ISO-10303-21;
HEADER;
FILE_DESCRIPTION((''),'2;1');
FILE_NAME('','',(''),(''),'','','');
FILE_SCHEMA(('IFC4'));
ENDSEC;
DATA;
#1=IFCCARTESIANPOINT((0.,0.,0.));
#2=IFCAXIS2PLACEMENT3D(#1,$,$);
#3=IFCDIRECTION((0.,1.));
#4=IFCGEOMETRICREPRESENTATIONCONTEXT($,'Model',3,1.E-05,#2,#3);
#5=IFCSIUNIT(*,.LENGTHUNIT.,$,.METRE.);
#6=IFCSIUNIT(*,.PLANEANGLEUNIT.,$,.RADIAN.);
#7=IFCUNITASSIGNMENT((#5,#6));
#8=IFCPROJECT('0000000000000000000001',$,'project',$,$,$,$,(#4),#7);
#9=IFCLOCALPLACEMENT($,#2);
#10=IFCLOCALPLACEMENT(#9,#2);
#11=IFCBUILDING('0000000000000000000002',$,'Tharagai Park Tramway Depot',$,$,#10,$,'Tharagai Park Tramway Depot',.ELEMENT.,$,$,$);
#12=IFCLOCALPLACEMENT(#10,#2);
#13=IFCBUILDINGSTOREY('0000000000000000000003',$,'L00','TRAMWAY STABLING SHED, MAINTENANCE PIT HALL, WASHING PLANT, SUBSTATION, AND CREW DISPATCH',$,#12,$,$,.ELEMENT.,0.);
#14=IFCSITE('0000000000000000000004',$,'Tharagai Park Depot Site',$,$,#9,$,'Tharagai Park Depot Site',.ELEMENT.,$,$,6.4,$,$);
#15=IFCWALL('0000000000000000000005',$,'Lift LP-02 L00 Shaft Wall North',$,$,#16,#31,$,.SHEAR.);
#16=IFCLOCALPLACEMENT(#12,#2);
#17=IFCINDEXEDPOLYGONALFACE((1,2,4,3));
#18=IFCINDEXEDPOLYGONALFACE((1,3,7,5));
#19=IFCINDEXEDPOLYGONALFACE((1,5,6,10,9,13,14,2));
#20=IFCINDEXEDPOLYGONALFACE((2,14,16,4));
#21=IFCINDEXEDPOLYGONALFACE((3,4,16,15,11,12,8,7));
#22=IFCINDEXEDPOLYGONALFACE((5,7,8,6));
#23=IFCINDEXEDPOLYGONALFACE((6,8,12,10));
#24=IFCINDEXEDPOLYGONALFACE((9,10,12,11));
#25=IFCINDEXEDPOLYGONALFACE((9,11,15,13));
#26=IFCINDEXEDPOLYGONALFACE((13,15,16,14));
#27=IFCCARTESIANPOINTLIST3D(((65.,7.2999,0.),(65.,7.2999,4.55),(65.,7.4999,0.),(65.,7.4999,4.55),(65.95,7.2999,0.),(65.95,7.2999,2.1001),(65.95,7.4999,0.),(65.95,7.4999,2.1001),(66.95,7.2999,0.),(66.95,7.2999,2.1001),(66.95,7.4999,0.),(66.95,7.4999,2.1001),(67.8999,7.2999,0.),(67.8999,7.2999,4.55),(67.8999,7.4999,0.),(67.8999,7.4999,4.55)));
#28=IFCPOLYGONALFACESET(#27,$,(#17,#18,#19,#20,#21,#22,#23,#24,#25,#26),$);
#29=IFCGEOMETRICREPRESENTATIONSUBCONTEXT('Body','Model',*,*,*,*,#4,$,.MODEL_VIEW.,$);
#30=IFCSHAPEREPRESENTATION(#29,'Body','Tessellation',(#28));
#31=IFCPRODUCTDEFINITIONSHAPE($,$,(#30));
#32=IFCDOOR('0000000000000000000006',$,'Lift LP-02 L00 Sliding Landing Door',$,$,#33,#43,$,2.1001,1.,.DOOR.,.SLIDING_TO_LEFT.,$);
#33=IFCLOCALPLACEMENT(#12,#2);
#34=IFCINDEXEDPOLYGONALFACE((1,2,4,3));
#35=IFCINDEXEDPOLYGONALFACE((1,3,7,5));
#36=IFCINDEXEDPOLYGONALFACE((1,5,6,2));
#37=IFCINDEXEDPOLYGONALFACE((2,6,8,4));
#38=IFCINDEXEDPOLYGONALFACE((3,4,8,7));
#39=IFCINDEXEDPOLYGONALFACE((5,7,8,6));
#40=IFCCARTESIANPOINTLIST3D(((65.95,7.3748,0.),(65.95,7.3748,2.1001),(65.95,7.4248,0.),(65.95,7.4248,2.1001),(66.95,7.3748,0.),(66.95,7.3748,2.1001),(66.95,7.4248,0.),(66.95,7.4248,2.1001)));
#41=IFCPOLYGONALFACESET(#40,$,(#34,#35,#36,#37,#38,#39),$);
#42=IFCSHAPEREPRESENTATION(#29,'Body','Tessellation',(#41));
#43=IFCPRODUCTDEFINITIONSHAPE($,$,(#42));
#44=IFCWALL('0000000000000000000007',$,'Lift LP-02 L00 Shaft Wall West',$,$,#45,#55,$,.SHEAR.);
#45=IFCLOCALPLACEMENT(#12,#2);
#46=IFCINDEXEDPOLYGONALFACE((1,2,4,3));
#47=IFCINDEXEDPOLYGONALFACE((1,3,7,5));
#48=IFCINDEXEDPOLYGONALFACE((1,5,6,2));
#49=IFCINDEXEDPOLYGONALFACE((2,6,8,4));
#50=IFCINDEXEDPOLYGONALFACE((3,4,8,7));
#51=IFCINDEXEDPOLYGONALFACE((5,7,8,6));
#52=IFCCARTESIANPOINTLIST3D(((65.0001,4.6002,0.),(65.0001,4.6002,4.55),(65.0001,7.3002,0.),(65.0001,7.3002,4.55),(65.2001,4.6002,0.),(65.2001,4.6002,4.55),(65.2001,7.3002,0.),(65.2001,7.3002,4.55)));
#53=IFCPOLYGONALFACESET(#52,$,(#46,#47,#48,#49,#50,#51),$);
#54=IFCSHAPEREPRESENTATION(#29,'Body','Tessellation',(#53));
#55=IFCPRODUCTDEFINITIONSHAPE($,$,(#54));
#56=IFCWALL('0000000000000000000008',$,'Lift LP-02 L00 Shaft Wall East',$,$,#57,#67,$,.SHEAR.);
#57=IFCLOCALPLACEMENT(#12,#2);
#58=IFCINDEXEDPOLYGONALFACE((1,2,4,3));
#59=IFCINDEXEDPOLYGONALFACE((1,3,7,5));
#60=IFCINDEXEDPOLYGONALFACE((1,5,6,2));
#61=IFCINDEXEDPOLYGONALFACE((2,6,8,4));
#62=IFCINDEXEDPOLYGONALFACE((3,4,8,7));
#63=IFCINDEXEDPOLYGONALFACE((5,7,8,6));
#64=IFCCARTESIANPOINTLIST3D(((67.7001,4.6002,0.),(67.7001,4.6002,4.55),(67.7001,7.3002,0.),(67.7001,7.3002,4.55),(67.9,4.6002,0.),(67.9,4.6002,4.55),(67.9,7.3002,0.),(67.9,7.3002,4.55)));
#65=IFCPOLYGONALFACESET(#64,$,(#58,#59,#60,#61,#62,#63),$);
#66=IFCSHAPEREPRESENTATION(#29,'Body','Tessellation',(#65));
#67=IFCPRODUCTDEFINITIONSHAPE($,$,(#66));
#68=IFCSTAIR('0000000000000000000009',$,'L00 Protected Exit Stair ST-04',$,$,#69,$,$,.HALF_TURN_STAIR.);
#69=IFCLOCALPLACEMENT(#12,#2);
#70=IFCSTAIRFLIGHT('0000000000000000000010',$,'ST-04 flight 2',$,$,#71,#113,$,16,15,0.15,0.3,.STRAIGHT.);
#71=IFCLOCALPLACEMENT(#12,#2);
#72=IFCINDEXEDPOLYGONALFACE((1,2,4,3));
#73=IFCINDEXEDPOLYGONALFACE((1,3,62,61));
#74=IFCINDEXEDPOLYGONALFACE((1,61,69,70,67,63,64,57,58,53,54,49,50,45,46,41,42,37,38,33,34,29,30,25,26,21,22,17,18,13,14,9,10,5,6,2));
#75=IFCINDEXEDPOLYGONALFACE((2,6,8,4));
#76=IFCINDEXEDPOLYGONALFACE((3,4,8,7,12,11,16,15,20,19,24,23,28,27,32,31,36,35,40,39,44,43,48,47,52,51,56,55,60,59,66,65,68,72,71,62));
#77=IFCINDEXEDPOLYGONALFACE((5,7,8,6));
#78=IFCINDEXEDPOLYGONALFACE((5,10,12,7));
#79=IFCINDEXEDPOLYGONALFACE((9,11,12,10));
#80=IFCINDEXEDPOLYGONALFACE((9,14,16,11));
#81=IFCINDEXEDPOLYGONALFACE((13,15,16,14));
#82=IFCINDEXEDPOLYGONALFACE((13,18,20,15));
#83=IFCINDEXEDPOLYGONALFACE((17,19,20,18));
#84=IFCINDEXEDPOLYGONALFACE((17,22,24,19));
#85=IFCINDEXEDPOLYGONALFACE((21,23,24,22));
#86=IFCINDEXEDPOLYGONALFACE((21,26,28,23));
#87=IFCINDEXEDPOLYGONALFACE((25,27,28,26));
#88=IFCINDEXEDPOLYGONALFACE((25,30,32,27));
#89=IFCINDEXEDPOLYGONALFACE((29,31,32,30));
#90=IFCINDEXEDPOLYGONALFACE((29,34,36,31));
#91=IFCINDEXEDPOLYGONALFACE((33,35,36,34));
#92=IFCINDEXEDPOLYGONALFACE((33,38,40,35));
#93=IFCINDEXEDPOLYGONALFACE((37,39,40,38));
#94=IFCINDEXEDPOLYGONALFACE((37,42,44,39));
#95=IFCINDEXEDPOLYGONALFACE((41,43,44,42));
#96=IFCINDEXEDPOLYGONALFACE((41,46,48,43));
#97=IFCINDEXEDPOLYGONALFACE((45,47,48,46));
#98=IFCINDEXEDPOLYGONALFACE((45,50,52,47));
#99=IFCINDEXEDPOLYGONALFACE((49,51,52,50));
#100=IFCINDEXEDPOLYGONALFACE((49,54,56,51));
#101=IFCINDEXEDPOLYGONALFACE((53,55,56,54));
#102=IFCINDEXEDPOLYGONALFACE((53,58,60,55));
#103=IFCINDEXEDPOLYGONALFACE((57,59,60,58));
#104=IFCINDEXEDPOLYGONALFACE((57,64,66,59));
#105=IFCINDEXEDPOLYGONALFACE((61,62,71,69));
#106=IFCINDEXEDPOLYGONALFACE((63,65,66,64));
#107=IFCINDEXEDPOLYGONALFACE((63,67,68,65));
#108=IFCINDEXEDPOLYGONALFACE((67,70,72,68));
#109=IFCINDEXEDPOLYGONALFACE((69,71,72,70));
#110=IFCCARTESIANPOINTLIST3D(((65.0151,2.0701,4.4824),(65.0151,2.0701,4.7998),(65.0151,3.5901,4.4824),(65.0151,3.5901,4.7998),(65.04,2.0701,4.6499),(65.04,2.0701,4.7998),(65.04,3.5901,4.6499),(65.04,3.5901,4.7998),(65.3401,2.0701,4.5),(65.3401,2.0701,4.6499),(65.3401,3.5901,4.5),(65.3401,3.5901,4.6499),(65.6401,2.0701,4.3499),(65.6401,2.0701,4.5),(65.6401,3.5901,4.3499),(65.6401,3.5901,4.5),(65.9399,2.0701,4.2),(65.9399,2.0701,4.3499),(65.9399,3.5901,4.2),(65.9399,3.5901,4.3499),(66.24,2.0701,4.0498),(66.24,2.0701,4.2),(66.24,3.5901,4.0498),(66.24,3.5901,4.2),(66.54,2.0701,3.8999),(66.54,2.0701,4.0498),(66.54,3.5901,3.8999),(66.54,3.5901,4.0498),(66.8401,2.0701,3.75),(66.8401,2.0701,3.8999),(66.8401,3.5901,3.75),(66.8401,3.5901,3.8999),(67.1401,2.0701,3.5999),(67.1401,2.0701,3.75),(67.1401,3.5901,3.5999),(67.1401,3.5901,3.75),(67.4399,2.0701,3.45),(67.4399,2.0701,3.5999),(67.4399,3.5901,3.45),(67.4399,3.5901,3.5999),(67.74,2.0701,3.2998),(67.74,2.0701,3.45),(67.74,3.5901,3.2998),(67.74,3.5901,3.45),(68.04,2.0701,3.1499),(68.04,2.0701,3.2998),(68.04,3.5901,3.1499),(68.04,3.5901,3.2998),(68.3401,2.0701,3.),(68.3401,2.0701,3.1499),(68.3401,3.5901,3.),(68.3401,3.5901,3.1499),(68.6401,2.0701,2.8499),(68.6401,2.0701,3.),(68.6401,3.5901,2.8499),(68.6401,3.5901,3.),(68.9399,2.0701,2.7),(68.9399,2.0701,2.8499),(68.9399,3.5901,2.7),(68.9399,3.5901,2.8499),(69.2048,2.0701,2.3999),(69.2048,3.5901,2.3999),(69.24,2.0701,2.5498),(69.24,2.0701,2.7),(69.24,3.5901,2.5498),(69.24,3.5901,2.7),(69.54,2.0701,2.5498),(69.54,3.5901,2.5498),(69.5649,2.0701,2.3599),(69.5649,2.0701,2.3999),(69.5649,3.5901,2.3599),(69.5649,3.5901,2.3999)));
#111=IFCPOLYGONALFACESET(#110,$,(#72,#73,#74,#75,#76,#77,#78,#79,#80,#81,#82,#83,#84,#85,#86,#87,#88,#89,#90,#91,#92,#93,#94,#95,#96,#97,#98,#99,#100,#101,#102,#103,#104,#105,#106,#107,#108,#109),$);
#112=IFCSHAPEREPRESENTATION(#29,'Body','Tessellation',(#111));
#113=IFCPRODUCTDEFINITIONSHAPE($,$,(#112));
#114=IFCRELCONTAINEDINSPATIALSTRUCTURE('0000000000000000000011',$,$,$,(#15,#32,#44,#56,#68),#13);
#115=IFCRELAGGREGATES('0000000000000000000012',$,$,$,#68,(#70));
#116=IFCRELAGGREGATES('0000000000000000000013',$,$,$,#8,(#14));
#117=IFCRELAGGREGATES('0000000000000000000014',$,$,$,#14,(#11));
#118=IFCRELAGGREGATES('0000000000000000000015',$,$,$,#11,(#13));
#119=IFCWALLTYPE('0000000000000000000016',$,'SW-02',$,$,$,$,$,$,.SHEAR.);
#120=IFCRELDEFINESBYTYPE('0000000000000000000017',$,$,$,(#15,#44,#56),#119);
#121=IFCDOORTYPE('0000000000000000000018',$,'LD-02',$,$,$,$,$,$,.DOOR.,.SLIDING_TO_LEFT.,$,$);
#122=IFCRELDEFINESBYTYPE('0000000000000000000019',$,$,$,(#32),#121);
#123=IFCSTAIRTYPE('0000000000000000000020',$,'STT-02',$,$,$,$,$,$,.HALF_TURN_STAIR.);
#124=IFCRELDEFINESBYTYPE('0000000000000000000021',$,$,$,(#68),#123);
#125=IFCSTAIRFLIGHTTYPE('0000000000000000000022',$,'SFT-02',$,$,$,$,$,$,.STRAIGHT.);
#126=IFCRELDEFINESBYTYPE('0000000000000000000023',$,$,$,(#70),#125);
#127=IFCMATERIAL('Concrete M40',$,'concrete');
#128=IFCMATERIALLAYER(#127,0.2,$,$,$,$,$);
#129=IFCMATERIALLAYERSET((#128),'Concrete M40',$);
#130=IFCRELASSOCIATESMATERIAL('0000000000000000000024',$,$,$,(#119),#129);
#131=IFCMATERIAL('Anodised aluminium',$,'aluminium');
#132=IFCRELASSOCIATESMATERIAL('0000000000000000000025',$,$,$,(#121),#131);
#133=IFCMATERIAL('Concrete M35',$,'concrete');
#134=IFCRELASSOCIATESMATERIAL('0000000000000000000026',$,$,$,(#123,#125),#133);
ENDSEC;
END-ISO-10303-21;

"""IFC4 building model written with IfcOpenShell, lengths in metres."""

from ifc_helpers import new_model, si_unit, direction, frame, frame_2d, origin, place, context, subcontext, project, spatial, polyline, rectangle, outline, extrude, material, layer, layer_set, type_object, element, fill, aggregate, save


model = new_model("IFC4")

# Units and contexts
model_context = context("Model", 3, precision=1e-05, world=origin(), true_north=direction((0.0, 1.0)))
body_context = subcontext(model_context, "Body", "Model", "MODEL_VIEW")
ifc_project = project(units=[si_unit("LENGTHUNIT", "METRE"), si_unit("PLANEANGLEUNIT", "RADIAN")], contexts=[model_context])

# Site, building, storey
site_placement = place(None, origin())
site = spatial("IfcSite", under=ifc_project, at=site_placement, Name="Tharagai Park Depot Site", LongName="Tharagai Park Depot Site", CompositionType="ELEMENT", RefElevation=6.4)
building_placement = place(site_placement, origin())
building = spatial("IfcBuilding", under=site, at=building_placement, Name="Tharagai Park Tramway Depot", LongName="Tharagai Park Tramway Depot", CompositionType="ELEMENT")
storey_placement = place(building_placement, origin())
storey = spatial("IfcBuildingStorey", under=building, at=storey_placement, Name="L00", Description="TRAMWAY STABLING SHED, MAINTENANCE PIT HALL, WASHING PLANT, SUBSTATION, AND CREW DISPATCH", CompositionType="ELEMENT", Elevation=0.0)

# Shared definitions
ifc_material_1 = material(Name="Concrete M40", Category="concrete")

# Shared definitions
ifc_layer_1 = layer(ifc_material_1, 0.2)
ifc_layer_set_1 = layer_set([ifc_layer_1], Name="Concrete M40")
wall_type_1 = type_object("IfcWallType", Name="SW-02", PredefinedType="SHEAR", material=ifc_layer_set_1)

# Wall, opening, door
wall_1_placement = place(storey_placement, frame((65.0, 7.3999, 0.0), z_axis=(0.0, 0.0, 1.0), x_axis=(1.0, 0.0, 0.0)))
wall_1 = element("IfcWall", 1, at=wall_1_placement, inside=storey, type_object=wall_type_1, Name="Lift LP-02 L00 Shaft Wall North", PredefinedType="SHEAR", context=body_context, shape_type="SweptSolid", body=[
    extrude(rectangle(XDim=2.8999, YDim=0.2, at=frame_2d((1.45, 0.0))), origin(), (0.0, 0.0, 1.0), 4.55),
])
opening_1_placement = place(wall_1_placement, frame((0.95, 0.0, 0.0)))
opening_1 = element("IfcOpeningElement", 2, at=opening_1_placement, cuts=wall_1, PredefinedType="OPENING", context=body_context, shape_type="SweptSolid", body=[
    extrude(rectangle(XDim=1.0, YDim=2.1001, at=frame_2d((0.5, 1.05))), frame((0.0, 0.1099, 0.0), z_axis=(0.0, -1.0, 0.0), x_axis=(1.0, 0.0, 0.0)), (0.0, 0.0, 1.0), 0.22),
])
ifc_material_2 = material(Name="Anodised aluminium", Category="aluminium")
door_type_1 = type_object("IfcDoorType", Name="LD-02", OperationType="SLIDING_TO_LEFT", PredefinedType="DOOR", material=ifc_material_2)
door_1_placement = place(opening_1_placement, origin())
door_1 = element("IfcDoor", 3, at=door_1_placement, inside=storey, type_object=door_type_1, Name="Lift LP-02 L00 Sliding Landing Door", OperationType="SLIDING_TO_LEFT", OverallHeight=2.1001, OverallWidth=1.0, PredefinedType="DOOR", context=body_context, shape_type="SweptSolid", body=[
    extrude(rectangle(XDim=1.0, YDim=2.1001, at=frame_2d((0.5, 1.05))), frame((0.0, 0.0249, 0.0), z_axis=(0.0, -1.0, 0.0), x_axis=(1.0, 0.0, 0.0)), (0.0, 0.0, 1.0), 0.05),
])
fill(opening_1, door_1)

# Walls
for number, where, z_axis, x_axis, name in (
    (4, (65.1001, 4.6001, 0.0), (0.0, 0.0, 1.0), (0.0, 1.0, 0.0), "Lift LP-02 L00 Shaft Wall West"),
    (5, (67.8, 4.6001, 0.0), (0.0, 0.0, 1.0), (0.0, 1.0, 0.0), "Lift LP-02 L00 Shaft Wall East"),
):
    element("IfcWall", number, at=place(storey_placement, frame(where, z_axis=z_axis, x_axis=x_axis)), inside=storey, type_object=wall_type_1, Name=name, PredefinedType="SHEAR", context=body_context, shape_type="SweptSolid", body=[
        extrude(rectangle(XDim=2.7, YDim=0.2, at=frame_2d((1.3501, 0.0))), origin(), (0.0, 0.0, 1.0), 4.55),
    ])

# Stair, stair flight
ifc_material_3 = material(Name="Concrete M35", Category="concrete")
stair_type = type_object("IfcStairType", Name="STT-02", PredefinedType="HALF_TURN_STAIR", material=ifc_material_3)
stair_placement = place(storey_placement, origin())
stair = element("IfcStair", 6, at=stair_placement, inside=storey, type_object=stair_type, Name="L00 Protected Exit Stair ST-04", PredefinedType="HALF_TURN_STAIR")
stair_flight_type = type_object("IfcStairFlightType", Name="SFT-02", PredefinedType="STRAIGHT", material=ifc_material_3)
stair_flight_placement = place(storey_placement, frame((69.54, 2.8301, 2.3999), z_axis=(0.0, 0.0, 1.0), x_axis=(-1.0, 0.0, 0.0)))
stair_flight = element("IfcStairFlight", 7, at=stair_flight_placement, type_object=stair_flight_type, Name="ST-04 flight 2", NumberOfRisers=16, NumberOfTreads=15, PredefinedType="STRAIGHT", RiserHeight=0.15, TreadLength=0.3, context=body_context, shape_type="SweptSolid", body=[
    extrude(outline(polyline([(-0.0249, 0.0), (0.0, 0.1499), (0.3, 0.1499), (0.3, 0.3), (0.6001, 0.3), (0.6001, 0.45), (0.8999, 0.45), (0.8999, 0.6001), (1.2, 0.6001), (1.2, 0.75), (1.5, 0.75), (1.5, 0.8999), (1.8, 0.8999), (1.8, 1.05), (2.1001, 1.05), (2.1001, 1.2), (2.3999, 1.2), (2.3999, 1.3501), (2.7, 1.3501), (2.7, 1.5), (3.0, 1.5), (3.0, 1.6499), (3.3, 1.6499), (3.3, 1.8), (3.6001, 1.8), (3.6001, 1.95), (3.8999, 1.95), (3.8999, 2.1001), (4.2, 2.1001), (4.2, 2.25), (4.5, 2.25), (4.5, 2.3999), (4.5249, 2.3999), (4.5249, 2.0825), (0.3352, 0.0), (-0.0249, -0.04), (-0.0249, 0.0)])), frame((0.0, 0.76, 0.0), z_axis=(0.0, -1.0, 0.0), x_axis=(1.0, 0.0, 0.0)), (0.0, 0.0, 1.0), 1.52),
])
aggregate(stair, [stair_flight])

save(model, "model.ifc")
